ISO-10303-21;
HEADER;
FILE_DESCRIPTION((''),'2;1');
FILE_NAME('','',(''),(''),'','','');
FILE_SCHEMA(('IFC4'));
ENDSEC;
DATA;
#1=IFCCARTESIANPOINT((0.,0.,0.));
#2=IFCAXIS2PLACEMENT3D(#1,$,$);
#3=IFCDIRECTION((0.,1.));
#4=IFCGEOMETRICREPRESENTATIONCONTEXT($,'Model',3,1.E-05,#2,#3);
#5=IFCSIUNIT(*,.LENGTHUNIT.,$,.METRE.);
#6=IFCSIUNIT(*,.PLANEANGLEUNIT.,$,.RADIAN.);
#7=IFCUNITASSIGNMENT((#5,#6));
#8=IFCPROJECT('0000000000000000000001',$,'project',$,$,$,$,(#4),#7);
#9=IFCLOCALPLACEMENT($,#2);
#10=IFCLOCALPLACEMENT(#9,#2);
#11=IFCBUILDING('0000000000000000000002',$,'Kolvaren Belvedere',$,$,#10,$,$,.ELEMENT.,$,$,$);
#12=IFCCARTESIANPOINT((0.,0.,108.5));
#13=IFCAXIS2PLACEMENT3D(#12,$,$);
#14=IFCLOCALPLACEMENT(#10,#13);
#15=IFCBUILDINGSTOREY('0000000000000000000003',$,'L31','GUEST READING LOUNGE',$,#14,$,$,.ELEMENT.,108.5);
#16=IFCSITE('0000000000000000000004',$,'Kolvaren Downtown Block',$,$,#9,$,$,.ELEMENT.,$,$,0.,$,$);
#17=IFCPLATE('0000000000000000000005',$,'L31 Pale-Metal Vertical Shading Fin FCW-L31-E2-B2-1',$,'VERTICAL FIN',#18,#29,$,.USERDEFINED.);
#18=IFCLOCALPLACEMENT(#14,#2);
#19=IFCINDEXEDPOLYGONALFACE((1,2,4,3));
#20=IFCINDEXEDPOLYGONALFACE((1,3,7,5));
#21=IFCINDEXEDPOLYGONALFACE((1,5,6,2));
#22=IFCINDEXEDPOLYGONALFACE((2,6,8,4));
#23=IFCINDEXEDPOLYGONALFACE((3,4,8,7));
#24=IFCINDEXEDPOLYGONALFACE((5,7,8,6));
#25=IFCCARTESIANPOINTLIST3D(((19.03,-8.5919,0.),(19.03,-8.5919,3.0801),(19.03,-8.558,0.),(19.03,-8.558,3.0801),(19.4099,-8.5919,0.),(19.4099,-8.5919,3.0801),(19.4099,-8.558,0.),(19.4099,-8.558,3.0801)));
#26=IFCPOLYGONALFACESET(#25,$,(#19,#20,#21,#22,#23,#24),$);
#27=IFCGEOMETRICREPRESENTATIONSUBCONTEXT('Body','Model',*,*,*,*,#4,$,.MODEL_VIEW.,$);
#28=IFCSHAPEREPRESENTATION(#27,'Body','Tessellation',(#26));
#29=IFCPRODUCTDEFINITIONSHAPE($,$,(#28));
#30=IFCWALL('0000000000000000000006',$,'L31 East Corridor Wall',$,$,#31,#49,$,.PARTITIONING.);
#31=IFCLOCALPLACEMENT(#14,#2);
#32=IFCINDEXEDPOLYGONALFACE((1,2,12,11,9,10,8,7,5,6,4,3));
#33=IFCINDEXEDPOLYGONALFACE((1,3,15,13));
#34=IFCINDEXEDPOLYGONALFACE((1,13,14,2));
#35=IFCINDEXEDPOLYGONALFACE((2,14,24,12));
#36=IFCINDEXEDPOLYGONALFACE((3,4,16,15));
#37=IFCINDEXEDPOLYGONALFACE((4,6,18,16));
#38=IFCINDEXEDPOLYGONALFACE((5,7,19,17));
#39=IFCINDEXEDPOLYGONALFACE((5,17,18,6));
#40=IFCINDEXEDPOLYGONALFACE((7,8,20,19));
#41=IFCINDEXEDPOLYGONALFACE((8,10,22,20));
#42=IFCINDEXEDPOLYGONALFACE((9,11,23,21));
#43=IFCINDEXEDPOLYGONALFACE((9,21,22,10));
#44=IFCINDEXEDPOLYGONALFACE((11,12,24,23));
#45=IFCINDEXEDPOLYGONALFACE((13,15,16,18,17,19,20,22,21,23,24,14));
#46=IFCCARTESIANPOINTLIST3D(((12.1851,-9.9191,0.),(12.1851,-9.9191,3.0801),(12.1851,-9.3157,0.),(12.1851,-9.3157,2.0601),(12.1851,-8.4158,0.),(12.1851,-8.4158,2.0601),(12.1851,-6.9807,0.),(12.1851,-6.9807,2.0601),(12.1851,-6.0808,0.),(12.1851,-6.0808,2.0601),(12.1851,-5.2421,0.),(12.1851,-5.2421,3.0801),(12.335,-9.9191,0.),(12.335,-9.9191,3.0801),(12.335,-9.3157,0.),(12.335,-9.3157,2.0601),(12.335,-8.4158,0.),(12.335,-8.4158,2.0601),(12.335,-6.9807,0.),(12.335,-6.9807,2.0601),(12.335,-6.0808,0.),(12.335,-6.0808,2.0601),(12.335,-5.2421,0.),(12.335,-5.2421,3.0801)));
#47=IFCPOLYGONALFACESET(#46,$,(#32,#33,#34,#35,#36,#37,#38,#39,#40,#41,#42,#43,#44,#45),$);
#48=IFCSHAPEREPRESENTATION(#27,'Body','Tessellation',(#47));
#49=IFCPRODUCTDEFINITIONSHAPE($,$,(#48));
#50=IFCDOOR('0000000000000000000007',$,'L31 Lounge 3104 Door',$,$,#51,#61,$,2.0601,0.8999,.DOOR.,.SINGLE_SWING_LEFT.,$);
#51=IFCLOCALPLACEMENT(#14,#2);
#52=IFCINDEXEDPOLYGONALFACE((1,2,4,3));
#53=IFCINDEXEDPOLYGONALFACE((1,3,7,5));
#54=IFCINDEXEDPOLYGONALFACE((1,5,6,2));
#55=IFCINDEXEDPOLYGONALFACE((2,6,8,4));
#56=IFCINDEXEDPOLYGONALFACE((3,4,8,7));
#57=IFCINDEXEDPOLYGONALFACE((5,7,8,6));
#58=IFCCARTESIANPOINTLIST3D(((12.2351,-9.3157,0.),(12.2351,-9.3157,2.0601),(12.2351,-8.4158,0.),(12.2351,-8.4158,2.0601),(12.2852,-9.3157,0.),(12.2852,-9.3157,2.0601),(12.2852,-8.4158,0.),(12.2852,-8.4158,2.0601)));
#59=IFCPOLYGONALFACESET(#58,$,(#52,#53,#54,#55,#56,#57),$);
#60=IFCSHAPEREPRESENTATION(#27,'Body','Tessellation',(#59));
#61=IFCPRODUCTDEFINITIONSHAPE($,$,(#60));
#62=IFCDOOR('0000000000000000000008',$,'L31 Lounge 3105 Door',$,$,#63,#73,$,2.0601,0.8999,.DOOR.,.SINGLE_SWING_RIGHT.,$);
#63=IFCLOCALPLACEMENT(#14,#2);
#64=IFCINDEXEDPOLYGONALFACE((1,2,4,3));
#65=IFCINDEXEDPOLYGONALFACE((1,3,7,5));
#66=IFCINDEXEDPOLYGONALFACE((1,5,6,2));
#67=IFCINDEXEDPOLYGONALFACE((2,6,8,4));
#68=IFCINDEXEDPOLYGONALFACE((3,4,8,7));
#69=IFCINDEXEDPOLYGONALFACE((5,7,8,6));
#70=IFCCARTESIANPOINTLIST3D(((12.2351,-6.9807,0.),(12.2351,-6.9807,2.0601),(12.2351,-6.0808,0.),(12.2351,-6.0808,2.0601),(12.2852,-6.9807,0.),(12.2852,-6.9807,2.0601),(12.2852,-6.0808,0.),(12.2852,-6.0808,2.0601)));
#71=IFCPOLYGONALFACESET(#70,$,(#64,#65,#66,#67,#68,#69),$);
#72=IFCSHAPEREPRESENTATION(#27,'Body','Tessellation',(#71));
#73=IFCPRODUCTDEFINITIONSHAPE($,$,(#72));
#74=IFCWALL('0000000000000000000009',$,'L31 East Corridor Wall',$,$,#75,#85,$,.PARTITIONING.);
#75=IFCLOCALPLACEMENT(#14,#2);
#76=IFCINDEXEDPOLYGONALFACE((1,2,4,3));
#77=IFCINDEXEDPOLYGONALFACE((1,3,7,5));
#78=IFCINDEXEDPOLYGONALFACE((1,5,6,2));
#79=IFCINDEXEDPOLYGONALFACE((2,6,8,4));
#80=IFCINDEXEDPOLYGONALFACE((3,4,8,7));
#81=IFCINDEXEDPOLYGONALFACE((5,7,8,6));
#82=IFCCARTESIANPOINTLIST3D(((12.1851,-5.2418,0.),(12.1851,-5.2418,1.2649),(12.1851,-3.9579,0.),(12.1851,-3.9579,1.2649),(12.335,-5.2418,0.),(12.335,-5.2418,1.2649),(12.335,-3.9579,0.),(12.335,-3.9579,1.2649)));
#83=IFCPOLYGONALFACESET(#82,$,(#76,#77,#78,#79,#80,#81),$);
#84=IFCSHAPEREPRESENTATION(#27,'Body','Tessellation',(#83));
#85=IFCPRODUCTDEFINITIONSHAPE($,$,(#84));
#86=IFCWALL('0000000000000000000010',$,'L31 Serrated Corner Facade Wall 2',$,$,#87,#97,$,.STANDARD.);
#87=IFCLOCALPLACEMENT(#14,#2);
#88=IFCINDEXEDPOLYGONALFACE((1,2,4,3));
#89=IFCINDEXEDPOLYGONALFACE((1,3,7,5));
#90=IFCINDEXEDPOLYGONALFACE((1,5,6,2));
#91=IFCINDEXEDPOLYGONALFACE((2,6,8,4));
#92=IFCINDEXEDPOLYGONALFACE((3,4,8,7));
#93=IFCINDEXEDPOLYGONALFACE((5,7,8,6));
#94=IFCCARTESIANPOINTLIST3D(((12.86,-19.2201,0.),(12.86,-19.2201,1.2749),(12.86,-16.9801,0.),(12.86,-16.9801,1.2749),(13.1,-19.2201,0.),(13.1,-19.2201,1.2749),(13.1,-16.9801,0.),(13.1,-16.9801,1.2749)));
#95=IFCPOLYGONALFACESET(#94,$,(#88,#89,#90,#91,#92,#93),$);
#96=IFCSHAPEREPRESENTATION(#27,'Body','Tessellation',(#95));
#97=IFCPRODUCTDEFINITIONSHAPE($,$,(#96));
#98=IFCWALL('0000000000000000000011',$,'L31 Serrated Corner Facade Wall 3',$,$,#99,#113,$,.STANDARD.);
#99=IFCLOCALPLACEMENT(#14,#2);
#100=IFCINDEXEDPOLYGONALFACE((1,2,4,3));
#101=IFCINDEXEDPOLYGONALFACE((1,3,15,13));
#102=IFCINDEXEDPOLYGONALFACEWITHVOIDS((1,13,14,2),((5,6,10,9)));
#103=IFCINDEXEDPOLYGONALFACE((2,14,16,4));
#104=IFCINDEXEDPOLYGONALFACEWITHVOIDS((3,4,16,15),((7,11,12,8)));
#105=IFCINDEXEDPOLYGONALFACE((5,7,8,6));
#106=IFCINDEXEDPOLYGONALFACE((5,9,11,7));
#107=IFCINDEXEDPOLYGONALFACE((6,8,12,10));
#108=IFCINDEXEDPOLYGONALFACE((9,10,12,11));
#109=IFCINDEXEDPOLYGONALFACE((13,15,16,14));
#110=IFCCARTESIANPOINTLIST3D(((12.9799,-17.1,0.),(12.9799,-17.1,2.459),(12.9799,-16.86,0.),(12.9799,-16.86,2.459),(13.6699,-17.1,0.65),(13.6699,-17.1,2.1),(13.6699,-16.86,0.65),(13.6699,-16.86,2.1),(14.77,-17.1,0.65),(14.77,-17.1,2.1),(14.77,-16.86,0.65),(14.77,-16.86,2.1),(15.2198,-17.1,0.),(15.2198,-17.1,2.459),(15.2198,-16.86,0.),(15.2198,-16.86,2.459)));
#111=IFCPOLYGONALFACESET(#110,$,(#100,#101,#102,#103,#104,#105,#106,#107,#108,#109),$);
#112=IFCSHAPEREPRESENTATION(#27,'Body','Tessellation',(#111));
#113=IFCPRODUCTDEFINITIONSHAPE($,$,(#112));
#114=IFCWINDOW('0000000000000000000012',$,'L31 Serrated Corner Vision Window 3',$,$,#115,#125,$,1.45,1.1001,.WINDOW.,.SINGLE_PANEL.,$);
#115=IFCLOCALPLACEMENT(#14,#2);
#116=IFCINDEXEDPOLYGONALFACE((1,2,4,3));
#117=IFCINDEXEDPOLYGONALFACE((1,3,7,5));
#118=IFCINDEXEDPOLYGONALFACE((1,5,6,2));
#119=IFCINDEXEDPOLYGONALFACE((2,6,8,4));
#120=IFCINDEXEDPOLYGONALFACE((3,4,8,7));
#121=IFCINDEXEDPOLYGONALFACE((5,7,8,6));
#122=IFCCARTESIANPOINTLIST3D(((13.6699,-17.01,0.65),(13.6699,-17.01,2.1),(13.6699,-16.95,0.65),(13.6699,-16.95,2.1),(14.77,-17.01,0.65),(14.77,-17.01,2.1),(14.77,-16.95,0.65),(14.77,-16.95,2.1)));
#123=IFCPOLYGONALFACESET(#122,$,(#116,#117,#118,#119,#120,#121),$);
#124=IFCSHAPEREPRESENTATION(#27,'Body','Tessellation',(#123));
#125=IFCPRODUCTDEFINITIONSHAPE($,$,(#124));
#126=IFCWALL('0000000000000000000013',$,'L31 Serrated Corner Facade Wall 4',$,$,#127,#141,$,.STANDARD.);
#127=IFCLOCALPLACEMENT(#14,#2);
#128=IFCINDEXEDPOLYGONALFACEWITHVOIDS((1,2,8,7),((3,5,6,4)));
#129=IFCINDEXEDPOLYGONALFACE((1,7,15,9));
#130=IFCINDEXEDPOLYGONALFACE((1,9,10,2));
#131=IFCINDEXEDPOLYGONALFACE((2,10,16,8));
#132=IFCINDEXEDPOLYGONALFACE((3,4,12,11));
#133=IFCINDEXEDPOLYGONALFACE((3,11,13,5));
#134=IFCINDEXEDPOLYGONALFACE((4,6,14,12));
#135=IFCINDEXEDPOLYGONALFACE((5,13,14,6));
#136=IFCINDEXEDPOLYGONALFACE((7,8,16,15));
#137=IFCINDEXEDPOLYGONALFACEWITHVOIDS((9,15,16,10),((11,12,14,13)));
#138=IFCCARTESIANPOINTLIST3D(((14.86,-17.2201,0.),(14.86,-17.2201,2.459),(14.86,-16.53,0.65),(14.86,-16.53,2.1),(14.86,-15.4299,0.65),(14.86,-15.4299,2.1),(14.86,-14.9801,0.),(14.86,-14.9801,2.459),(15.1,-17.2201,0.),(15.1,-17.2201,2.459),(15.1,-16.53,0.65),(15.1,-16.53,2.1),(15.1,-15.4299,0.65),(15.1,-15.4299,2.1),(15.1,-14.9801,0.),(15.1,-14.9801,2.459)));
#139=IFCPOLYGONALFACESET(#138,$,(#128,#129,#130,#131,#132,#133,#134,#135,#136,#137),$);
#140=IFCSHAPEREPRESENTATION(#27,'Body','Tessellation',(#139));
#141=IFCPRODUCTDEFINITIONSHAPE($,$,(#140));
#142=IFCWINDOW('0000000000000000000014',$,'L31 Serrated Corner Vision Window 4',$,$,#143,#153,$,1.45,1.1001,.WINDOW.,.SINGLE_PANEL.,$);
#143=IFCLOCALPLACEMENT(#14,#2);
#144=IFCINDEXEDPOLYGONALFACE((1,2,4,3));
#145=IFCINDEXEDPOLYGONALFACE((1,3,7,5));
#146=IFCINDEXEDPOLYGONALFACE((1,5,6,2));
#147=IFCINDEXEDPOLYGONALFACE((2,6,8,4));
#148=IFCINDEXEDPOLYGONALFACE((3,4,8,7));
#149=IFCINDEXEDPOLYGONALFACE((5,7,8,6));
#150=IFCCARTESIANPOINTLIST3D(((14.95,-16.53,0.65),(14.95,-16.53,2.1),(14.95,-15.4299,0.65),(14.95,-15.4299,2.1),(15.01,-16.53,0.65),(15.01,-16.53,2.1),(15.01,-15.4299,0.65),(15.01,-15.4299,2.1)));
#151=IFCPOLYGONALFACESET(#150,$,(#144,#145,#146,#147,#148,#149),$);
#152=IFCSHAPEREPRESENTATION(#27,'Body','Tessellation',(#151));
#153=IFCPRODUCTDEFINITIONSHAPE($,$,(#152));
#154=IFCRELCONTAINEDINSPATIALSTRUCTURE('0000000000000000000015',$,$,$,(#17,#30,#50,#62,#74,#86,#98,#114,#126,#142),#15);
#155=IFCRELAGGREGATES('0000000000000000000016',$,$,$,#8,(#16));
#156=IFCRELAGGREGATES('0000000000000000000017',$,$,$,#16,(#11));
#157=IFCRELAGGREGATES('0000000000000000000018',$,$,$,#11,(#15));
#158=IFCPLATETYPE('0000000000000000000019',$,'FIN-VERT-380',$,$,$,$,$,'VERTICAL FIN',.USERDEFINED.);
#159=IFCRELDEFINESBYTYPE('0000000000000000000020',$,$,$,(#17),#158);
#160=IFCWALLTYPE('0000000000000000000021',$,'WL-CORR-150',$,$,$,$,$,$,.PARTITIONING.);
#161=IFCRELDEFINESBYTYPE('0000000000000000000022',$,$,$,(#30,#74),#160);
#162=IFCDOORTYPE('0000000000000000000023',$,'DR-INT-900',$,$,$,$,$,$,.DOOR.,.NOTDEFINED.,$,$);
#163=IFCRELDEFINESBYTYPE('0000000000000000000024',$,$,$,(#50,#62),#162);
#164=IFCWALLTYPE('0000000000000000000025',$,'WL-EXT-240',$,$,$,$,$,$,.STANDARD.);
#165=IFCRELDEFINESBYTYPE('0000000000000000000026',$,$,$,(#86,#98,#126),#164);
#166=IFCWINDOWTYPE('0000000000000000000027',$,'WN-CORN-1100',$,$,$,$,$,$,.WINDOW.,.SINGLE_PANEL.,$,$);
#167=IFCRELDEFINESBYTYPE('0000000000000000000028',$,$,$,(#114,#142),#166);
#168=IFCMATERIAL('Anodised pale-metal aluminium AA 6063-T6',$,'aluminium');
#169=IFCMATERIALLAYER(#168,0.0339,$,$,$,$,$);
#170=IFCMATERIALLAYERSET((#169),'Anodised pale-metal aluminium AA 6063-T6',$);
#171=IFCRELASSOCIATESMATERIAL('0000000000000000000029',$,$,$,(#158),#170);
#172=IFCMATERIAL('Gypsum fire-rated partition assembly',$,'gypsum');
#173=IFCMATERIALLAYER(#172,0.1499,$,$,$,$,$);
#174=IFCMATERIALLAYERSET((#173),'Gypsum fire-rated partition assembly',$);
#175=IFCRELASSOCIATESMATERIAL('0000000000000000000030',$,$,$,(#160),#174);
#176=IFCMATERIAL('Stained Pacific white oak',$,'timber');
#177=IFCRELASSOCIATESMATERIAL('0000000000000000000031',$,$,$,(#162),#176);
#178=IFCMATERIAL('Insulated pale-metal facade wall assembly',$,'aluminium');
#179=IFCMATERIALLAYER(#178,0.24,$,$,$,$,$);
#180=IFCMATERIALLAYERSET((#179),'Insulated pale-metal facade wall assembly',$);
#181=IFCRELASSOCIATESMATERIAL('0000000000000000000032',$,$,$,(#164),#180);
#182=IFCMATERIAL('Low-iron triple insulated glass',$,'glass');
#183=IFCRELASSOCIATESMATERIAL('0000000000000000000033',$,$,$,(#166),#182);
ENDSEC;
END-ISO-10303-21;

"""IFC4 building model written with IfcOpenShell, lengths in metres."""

from ifc_helpers import new_model, si_unit, direction, frame, frame_2d, origin, origin_2d, place, context, subcontext, project, spatial, rectangle, extrude, material, layer, layer_set, type_object, element, fill, save


model = new_model("IFC4")

# Units and contexts
model_context = context("Model", 3, precision=1e-05, world=origin(), true_north=direction((0.0, 1.0)))
body_context = subcontext(model_context, "Body", "Model", "MODEL_VIEW")
ifc_project = project(units=[si_unit("LENGTHUNIT", "METRE"), si_unit("PLANEANGLEUNIT", "RADIAN")], contexts=[model_context])

# Site, building, storey
site_placement = place(None, origin())
site = spatial("IfcSite", under=ifc_project, at=site_placement, Name="Kolvaren Downtown Block", CompositionType="ELEMENT", RefElevation=0.0)
building_placement = place(site_placement, origin())
building = spatial("IfcBuilding", under=site, at=building_placement, Name="Kolvaren Belvedere", CompositionType="ELEMENT")
storey_placement = place(building_placement, frame((0.0, 0.0, 108.5)))
storey = spatial("IfcBuildingStorey", under=building, at=storey_placement, Name="L31", Description="GUEST READING LOUNGE", CompositionType="ELEMENT", Elevation=108.5)

# Plate
ifc_material_1 = material(Name="Anodised pale-metal aluminium AA 6063-T6", Category="aluminium")
ifc_layer_1 = layer(ifc_material_1, 0.0339)
ifc_layer_set_1 = layer_set([ifc_layer_1], Name="Anodised pale-metal aluminium AA 6063-T6")
plate_type_1 = type_object("IfcPlateType", Name="FIN-VERT-380", ElementType="VERTICAL FIN", PredefinedType="USERDEFINED", material=ifc_layer_set_1)
plate_1_placement = place(storey_placement, frame((19.22, -8.575, 0.0), z_axis=(0.0, 0.0, 1.0), x_axis=(1.0, 0.0, 0.0)))
element("IfcPlate", 1, at=plate_1_placement, inside=storey, type_object=plate_type_1, Name="L31 Pale-Metal Vertical Shading Fin FCW-L31-E2-B2-1", ObjectType="VERTICAL FIN", PredefinedType="USERDEFINED", context=body_context, shape_type="SweptSolid", body=[
    extrude(rectangle(XDim=0.3799, YDim=0.0339, at=origin_2d()), origin(), (0.0, 0.0, 1.0), 3.0801),
])

# Wall, openings, doors
ifc_material_2 = material(Name="Gypsum fire-rated partition assembly", Category="gypsum")
ifc_layer_2 = layer(ifc_material_2, 0.1499)
ifc_layer_set_2 = layer_set([ifc_layer_2], Name="Gypsum fire-rated partition assembly")
wall_type_1 = type_object("IfcWallType", Name="WL-CORR-150", PredefinedType="PARTITIONING", material=ifc_layer_set_2)
wall_1_placement = place(storey_placement, frame((12.26, -9.9189, 0.0), z_axis=(0.0, 0.0, 1.0), x_axis=(0.0, 1.0, 0.0)))
wall_1 = element("IfcWall", 2, at=wall_1_placement, inside=storey, type_object=wall_type_1, Name="L31 East Corridor Wall", PredefinedType="PARTITIONING", context=body_context, shape_type="SweptSolid", body=[
    extrude(rectangle(XDim=4.677, YDim=0.1499, at=frame_2d((2.3384, 0.0))), origin(), (0.0, 0.0, 1.0), 3.0801),
])
opening_1_placement = place(wall_1_placement, frame((0.6033, 0.0, 0.0)))
opening_1 = element("IfcOpeningElement", 3, at=opening_1_placement, cuts=wall_1, PredefinedType="OPENING", context=body_context, shape_type="SweptSolid", body=[
    extrude(rectangle(XDim=0.8999, YDim=2.0601, at=frame_2d((0.45, 1.03))), frame((0.0, 0.085, 0.0), z_axis=(0.0, -1.0, 0.0), x_axis=(1.0, 0.0, 0.0)), (0.0, 0.0, 1.0), 0.1699),
])
opening_2_placement = place(wall_1_placement, frame((2.9382, 0.0, 0.0)))
opening_2 = element("IfcOpeningElement", 4, at=opening_2_placement, cuts=wall_1, PredefinedType="OPENING", context=body_context, shape_type="SweptSolid", body=[
    extrude(rectangle(XDim=0.8999, YDim=2.0601, at=frame_2d((0.45, 1.03))), frame((0.0, 0.085, 0.0), z_axis=(0.0, -1.0, 0.0), x_axis=(1.0, 0.0, 0.0)), (0.0, 0.0, 1.0), 0.1699),
])
ifc_material_3 = material(Name="Stained Pacific white oak", Category="timber")
door_type = type_object("IfcDoorType", Name="DR-INT-900", OperationType="NOTDEFINED", PredefinedType="DOOR", material=ifc_material_3)
door_1_placement = place(opening_1_placement, origin())
door_1 = element("IfcDoor", 5, at=door_1_placement, inside=storey, type_object=door_type, Name="L31 Lounge 3104 Door", OperationType="SINGLE_SWING_LEFT", OverallHeight=2.0601, OverallWidth=0.8999, PredefinedType="DOOR", context=body_context, shape_type="SweptSolid", body=[
    extrude(rectangle(XDim=0.8999, YDim=2.0601, at=frame_2d((0.45, 1.03))), frame((0.0, 0.0249, 0.0), z_axis=(0.0, -1.0, 0.0), x_axis=(1.0, 0.0, 0.0)), (0.0, 0.0, 1.0), 0.05),
])
fill(opening_1, door_1)
door_2_placement = place(opening_2_placement, origin())
door_2 = element("IfcDoor", 6, at=door_2_placement, inside=storey, type_object=door_type, Name="L31 Lounge 3105 Door", OperationType="SINGLE_SWING_RIGHT", OverallHeight=2.0601, OverallWidth=0.8999, PredefinedType="DOOR", context=body_context, shape_type="SweptSolid", body=[
    extrude(rectangle(XDim=0.8999, YDim=2.0601, at=frame_2d((0.45, 1.03))), frame((0.0, 0.0249, 0.0), z_axis=(0.0, -1.0, 0.0), x_axis=(1.0, 0.0, 0.0)), (0.0, 0.0, 1.0), 0.05),
])
fill(opening_2, door_2)

# Walls
wall_2_placement = place(storey_placement, frame((12.26, -5.2419, 0.0), z_axis=(0.0, 0.0, 1.0), x_axis=(0.0, 1.0, 0.0)))
element("IfcWall", 7, at=wall_2_placement, inside=storey, type_object=wall_type_1, Name="L31 East Corridor Wall", PredefinedType="PARTITIONING", context=body_context, shape_type="SweptSolid", body=[
    extrude(rectangle(XDim=1.2839, YDim=0.1499, at=frame_2d((0.6421, 0.0))), origin(), (0.0, 0.0, 1.0), 1.2649),
])
ifc_material_4 = material(Name="Insulated pale-metal facade wall assembly", Category="aluminium")
ifc_layer_3 = layer(ifc_material_4, 0.24)
ifc_layer_set_3 = layer_set([ifc_layer_3], Name="Insulated pale-metal facade wall assembly")
wall_type_2 = type_object("IfcWallType", Name="WL-EXT-240", PredefinedType="STANDARD", material=ifc_layer_set_3)
wall_3_placement = place(storey_placement, frame((12.98, -16.98, 0.0), z_axis=(0.0, 0.0, 1.0), x_axis=(0.0, -1.0, 0.0)))
element("IfcWall", 8, at=wall_3_placement, inside=storey, type_object=wall_type_2, Name="L31 Serrated Corner Facade Wall 2", PredefinedType="STANDARD", context=body_context, shape_type="SweptSolid", body=[
    extrude(rectangle(XDim=2.24, YDim=0.24, at=frame_2d((1.1201, 0.0))), origin(), (0.0, 0.0, 1.0), 1.2749),
])

# Walls, openings, windows
wall_4_placement = place(storey_placement, frame((15.22, -16.98, 0.0), z_axis=(0.0, 0.0, 1.0), x_axis=(-1.0, 0.0, 0.0)))
wall_4 = element("IfcWall", 9, at=wall_4_placement, inside=storey, type_object=wall_type_2, Name="L31 Serrated Corner Facade Wall 3", PredefinedType="STANDARD", context=body_context, shape_type="SweptSolid", body=[
    extrude(rectangle(XDim=2.24, YDim=0.24, at=frame_2d((1.1201, 0.0))), origin(), (0.0, 0.0, 1.0), 2.459),
])
opening_3_placement = place(wall_4_placement, frame((0.45, 0.0, 0.6499)))
opening_3 = element("IfcOpeningElement", 10, at=opening_3_placement, cuts=wall_4, PredefinedType="OPENING", context=body_context, shape_type="SweptSolid", body=[
    extrude(rectangle(XDim=1.1001, YDim=1.45, at=frame_2d((0.55, 0.7251))), frame((0.0, 0.1299, 0.0), z_axis=(0.0, -1.0, 0.0), x_axis=(1.0, 0.0, 0.0)), (0.0, 0.0, 1.0), 0.26),
])
ifc_material_5 = material(Name="Low-iron triple insulated glass", Category="glass")
window_type = type_object("IfcWindowType", Name="WN-CORN-1100", PartitioningType="SINGLE_PANEL", PredefinedType="WINDOW", material=ifc_material_5)
window_1_placement = place(opening_3_placement, origin())
window_1 = element("IfcWindow", 11, at=window_1_placement, inside=storey, type_object=window_type, Name="L31 Serrated Corner Vision Window 3", OverallHeight=1.45, OverallWidth=1.1001, PartitioningType="SINGLE_PANEL", PredefinedType="WINDOW", context=body_context, shape_type="SweptSolid", body=[
    extrude(rectangle(XDim=1.1001, YDim=1.45, at=frame_2d((0.55, 0.7251))), frame((0.0, 0.03, 0.0), z_axis=(0.0, -1.0, 0.0), x_axis=(1.0, 0.0, 0.0)), (0.0, 0.0, 1.0), 0.0601),
])
fill(opening_3, window_1)
wall_5_placement = place(storey_placement, frame((14.98, -14.98, 0.0), z_axis=(0.0, 0.0, 1.0), x_axis=(0.0, -1.0, 0.0)))
wall_5 = element("IfcWall", 12, at=wall_5_placement, inside=storey, type_object=wall_type_2, Name="L31 Serrated Corner Facade Wall 4", PredefinedType="STANDARD", context=body_context, shape_type="SweptSolid", body=[
    extrude(rectangle(XDim=2.24, YDim=0.24, at=frame_2d((1.1201, 0.0))), origin(), (0.0, 0.0, 1.0), 2.459),
])
opening_4_placement = place(wall_5_placement, frame((0.45, 0.0, 0.6499)))
opening_4 = element("IfcOpeningElement", 13, at=opening_4_placement, cuts=wall_5, PredefinedType="OPENING", context=body_context, shape_type="SweptSolid", body=[
    extrude(rectangle(XDim=1.1001, YDim=1.45, at=frame_2d((0.55, 0.7251))), frame((0.0, 0.1299, 0.0), z_axis=(0.0, -1.0, 0.0), x_axis=(1.0, 0.0, 0.0)), (0.0, 0.0, 1.0), 0.26),
])
window_2_placement = place(opening_4_placement, origin())
window_2 = element("IfcWindow", 14, at=window_2_placement, inside=storey, type_object=window_type, Name="L31 Serrated Corner Vision Window 4", OverallHeight=1.45, OverallWidth=1.1001, PartitioningType="SINGLE_PANEL", PredefinedType="WINDOW", context=body_context, shape_type="SweptSolid", body=[
    extrude(rectangle(XDim=1.1001, YDim=1.45, at=frame_2d((0.55, 0.7251))), frame((0.0, 0.03, 0.0), z_axis=(0.0, -1.0, 0.0), x_axis=(1.0, 0.0, 0.0)), (0.0, 0.0, 1.0), 0.0601),
])
fill(opening_4, window_2)

save(model, "model.ifc")
